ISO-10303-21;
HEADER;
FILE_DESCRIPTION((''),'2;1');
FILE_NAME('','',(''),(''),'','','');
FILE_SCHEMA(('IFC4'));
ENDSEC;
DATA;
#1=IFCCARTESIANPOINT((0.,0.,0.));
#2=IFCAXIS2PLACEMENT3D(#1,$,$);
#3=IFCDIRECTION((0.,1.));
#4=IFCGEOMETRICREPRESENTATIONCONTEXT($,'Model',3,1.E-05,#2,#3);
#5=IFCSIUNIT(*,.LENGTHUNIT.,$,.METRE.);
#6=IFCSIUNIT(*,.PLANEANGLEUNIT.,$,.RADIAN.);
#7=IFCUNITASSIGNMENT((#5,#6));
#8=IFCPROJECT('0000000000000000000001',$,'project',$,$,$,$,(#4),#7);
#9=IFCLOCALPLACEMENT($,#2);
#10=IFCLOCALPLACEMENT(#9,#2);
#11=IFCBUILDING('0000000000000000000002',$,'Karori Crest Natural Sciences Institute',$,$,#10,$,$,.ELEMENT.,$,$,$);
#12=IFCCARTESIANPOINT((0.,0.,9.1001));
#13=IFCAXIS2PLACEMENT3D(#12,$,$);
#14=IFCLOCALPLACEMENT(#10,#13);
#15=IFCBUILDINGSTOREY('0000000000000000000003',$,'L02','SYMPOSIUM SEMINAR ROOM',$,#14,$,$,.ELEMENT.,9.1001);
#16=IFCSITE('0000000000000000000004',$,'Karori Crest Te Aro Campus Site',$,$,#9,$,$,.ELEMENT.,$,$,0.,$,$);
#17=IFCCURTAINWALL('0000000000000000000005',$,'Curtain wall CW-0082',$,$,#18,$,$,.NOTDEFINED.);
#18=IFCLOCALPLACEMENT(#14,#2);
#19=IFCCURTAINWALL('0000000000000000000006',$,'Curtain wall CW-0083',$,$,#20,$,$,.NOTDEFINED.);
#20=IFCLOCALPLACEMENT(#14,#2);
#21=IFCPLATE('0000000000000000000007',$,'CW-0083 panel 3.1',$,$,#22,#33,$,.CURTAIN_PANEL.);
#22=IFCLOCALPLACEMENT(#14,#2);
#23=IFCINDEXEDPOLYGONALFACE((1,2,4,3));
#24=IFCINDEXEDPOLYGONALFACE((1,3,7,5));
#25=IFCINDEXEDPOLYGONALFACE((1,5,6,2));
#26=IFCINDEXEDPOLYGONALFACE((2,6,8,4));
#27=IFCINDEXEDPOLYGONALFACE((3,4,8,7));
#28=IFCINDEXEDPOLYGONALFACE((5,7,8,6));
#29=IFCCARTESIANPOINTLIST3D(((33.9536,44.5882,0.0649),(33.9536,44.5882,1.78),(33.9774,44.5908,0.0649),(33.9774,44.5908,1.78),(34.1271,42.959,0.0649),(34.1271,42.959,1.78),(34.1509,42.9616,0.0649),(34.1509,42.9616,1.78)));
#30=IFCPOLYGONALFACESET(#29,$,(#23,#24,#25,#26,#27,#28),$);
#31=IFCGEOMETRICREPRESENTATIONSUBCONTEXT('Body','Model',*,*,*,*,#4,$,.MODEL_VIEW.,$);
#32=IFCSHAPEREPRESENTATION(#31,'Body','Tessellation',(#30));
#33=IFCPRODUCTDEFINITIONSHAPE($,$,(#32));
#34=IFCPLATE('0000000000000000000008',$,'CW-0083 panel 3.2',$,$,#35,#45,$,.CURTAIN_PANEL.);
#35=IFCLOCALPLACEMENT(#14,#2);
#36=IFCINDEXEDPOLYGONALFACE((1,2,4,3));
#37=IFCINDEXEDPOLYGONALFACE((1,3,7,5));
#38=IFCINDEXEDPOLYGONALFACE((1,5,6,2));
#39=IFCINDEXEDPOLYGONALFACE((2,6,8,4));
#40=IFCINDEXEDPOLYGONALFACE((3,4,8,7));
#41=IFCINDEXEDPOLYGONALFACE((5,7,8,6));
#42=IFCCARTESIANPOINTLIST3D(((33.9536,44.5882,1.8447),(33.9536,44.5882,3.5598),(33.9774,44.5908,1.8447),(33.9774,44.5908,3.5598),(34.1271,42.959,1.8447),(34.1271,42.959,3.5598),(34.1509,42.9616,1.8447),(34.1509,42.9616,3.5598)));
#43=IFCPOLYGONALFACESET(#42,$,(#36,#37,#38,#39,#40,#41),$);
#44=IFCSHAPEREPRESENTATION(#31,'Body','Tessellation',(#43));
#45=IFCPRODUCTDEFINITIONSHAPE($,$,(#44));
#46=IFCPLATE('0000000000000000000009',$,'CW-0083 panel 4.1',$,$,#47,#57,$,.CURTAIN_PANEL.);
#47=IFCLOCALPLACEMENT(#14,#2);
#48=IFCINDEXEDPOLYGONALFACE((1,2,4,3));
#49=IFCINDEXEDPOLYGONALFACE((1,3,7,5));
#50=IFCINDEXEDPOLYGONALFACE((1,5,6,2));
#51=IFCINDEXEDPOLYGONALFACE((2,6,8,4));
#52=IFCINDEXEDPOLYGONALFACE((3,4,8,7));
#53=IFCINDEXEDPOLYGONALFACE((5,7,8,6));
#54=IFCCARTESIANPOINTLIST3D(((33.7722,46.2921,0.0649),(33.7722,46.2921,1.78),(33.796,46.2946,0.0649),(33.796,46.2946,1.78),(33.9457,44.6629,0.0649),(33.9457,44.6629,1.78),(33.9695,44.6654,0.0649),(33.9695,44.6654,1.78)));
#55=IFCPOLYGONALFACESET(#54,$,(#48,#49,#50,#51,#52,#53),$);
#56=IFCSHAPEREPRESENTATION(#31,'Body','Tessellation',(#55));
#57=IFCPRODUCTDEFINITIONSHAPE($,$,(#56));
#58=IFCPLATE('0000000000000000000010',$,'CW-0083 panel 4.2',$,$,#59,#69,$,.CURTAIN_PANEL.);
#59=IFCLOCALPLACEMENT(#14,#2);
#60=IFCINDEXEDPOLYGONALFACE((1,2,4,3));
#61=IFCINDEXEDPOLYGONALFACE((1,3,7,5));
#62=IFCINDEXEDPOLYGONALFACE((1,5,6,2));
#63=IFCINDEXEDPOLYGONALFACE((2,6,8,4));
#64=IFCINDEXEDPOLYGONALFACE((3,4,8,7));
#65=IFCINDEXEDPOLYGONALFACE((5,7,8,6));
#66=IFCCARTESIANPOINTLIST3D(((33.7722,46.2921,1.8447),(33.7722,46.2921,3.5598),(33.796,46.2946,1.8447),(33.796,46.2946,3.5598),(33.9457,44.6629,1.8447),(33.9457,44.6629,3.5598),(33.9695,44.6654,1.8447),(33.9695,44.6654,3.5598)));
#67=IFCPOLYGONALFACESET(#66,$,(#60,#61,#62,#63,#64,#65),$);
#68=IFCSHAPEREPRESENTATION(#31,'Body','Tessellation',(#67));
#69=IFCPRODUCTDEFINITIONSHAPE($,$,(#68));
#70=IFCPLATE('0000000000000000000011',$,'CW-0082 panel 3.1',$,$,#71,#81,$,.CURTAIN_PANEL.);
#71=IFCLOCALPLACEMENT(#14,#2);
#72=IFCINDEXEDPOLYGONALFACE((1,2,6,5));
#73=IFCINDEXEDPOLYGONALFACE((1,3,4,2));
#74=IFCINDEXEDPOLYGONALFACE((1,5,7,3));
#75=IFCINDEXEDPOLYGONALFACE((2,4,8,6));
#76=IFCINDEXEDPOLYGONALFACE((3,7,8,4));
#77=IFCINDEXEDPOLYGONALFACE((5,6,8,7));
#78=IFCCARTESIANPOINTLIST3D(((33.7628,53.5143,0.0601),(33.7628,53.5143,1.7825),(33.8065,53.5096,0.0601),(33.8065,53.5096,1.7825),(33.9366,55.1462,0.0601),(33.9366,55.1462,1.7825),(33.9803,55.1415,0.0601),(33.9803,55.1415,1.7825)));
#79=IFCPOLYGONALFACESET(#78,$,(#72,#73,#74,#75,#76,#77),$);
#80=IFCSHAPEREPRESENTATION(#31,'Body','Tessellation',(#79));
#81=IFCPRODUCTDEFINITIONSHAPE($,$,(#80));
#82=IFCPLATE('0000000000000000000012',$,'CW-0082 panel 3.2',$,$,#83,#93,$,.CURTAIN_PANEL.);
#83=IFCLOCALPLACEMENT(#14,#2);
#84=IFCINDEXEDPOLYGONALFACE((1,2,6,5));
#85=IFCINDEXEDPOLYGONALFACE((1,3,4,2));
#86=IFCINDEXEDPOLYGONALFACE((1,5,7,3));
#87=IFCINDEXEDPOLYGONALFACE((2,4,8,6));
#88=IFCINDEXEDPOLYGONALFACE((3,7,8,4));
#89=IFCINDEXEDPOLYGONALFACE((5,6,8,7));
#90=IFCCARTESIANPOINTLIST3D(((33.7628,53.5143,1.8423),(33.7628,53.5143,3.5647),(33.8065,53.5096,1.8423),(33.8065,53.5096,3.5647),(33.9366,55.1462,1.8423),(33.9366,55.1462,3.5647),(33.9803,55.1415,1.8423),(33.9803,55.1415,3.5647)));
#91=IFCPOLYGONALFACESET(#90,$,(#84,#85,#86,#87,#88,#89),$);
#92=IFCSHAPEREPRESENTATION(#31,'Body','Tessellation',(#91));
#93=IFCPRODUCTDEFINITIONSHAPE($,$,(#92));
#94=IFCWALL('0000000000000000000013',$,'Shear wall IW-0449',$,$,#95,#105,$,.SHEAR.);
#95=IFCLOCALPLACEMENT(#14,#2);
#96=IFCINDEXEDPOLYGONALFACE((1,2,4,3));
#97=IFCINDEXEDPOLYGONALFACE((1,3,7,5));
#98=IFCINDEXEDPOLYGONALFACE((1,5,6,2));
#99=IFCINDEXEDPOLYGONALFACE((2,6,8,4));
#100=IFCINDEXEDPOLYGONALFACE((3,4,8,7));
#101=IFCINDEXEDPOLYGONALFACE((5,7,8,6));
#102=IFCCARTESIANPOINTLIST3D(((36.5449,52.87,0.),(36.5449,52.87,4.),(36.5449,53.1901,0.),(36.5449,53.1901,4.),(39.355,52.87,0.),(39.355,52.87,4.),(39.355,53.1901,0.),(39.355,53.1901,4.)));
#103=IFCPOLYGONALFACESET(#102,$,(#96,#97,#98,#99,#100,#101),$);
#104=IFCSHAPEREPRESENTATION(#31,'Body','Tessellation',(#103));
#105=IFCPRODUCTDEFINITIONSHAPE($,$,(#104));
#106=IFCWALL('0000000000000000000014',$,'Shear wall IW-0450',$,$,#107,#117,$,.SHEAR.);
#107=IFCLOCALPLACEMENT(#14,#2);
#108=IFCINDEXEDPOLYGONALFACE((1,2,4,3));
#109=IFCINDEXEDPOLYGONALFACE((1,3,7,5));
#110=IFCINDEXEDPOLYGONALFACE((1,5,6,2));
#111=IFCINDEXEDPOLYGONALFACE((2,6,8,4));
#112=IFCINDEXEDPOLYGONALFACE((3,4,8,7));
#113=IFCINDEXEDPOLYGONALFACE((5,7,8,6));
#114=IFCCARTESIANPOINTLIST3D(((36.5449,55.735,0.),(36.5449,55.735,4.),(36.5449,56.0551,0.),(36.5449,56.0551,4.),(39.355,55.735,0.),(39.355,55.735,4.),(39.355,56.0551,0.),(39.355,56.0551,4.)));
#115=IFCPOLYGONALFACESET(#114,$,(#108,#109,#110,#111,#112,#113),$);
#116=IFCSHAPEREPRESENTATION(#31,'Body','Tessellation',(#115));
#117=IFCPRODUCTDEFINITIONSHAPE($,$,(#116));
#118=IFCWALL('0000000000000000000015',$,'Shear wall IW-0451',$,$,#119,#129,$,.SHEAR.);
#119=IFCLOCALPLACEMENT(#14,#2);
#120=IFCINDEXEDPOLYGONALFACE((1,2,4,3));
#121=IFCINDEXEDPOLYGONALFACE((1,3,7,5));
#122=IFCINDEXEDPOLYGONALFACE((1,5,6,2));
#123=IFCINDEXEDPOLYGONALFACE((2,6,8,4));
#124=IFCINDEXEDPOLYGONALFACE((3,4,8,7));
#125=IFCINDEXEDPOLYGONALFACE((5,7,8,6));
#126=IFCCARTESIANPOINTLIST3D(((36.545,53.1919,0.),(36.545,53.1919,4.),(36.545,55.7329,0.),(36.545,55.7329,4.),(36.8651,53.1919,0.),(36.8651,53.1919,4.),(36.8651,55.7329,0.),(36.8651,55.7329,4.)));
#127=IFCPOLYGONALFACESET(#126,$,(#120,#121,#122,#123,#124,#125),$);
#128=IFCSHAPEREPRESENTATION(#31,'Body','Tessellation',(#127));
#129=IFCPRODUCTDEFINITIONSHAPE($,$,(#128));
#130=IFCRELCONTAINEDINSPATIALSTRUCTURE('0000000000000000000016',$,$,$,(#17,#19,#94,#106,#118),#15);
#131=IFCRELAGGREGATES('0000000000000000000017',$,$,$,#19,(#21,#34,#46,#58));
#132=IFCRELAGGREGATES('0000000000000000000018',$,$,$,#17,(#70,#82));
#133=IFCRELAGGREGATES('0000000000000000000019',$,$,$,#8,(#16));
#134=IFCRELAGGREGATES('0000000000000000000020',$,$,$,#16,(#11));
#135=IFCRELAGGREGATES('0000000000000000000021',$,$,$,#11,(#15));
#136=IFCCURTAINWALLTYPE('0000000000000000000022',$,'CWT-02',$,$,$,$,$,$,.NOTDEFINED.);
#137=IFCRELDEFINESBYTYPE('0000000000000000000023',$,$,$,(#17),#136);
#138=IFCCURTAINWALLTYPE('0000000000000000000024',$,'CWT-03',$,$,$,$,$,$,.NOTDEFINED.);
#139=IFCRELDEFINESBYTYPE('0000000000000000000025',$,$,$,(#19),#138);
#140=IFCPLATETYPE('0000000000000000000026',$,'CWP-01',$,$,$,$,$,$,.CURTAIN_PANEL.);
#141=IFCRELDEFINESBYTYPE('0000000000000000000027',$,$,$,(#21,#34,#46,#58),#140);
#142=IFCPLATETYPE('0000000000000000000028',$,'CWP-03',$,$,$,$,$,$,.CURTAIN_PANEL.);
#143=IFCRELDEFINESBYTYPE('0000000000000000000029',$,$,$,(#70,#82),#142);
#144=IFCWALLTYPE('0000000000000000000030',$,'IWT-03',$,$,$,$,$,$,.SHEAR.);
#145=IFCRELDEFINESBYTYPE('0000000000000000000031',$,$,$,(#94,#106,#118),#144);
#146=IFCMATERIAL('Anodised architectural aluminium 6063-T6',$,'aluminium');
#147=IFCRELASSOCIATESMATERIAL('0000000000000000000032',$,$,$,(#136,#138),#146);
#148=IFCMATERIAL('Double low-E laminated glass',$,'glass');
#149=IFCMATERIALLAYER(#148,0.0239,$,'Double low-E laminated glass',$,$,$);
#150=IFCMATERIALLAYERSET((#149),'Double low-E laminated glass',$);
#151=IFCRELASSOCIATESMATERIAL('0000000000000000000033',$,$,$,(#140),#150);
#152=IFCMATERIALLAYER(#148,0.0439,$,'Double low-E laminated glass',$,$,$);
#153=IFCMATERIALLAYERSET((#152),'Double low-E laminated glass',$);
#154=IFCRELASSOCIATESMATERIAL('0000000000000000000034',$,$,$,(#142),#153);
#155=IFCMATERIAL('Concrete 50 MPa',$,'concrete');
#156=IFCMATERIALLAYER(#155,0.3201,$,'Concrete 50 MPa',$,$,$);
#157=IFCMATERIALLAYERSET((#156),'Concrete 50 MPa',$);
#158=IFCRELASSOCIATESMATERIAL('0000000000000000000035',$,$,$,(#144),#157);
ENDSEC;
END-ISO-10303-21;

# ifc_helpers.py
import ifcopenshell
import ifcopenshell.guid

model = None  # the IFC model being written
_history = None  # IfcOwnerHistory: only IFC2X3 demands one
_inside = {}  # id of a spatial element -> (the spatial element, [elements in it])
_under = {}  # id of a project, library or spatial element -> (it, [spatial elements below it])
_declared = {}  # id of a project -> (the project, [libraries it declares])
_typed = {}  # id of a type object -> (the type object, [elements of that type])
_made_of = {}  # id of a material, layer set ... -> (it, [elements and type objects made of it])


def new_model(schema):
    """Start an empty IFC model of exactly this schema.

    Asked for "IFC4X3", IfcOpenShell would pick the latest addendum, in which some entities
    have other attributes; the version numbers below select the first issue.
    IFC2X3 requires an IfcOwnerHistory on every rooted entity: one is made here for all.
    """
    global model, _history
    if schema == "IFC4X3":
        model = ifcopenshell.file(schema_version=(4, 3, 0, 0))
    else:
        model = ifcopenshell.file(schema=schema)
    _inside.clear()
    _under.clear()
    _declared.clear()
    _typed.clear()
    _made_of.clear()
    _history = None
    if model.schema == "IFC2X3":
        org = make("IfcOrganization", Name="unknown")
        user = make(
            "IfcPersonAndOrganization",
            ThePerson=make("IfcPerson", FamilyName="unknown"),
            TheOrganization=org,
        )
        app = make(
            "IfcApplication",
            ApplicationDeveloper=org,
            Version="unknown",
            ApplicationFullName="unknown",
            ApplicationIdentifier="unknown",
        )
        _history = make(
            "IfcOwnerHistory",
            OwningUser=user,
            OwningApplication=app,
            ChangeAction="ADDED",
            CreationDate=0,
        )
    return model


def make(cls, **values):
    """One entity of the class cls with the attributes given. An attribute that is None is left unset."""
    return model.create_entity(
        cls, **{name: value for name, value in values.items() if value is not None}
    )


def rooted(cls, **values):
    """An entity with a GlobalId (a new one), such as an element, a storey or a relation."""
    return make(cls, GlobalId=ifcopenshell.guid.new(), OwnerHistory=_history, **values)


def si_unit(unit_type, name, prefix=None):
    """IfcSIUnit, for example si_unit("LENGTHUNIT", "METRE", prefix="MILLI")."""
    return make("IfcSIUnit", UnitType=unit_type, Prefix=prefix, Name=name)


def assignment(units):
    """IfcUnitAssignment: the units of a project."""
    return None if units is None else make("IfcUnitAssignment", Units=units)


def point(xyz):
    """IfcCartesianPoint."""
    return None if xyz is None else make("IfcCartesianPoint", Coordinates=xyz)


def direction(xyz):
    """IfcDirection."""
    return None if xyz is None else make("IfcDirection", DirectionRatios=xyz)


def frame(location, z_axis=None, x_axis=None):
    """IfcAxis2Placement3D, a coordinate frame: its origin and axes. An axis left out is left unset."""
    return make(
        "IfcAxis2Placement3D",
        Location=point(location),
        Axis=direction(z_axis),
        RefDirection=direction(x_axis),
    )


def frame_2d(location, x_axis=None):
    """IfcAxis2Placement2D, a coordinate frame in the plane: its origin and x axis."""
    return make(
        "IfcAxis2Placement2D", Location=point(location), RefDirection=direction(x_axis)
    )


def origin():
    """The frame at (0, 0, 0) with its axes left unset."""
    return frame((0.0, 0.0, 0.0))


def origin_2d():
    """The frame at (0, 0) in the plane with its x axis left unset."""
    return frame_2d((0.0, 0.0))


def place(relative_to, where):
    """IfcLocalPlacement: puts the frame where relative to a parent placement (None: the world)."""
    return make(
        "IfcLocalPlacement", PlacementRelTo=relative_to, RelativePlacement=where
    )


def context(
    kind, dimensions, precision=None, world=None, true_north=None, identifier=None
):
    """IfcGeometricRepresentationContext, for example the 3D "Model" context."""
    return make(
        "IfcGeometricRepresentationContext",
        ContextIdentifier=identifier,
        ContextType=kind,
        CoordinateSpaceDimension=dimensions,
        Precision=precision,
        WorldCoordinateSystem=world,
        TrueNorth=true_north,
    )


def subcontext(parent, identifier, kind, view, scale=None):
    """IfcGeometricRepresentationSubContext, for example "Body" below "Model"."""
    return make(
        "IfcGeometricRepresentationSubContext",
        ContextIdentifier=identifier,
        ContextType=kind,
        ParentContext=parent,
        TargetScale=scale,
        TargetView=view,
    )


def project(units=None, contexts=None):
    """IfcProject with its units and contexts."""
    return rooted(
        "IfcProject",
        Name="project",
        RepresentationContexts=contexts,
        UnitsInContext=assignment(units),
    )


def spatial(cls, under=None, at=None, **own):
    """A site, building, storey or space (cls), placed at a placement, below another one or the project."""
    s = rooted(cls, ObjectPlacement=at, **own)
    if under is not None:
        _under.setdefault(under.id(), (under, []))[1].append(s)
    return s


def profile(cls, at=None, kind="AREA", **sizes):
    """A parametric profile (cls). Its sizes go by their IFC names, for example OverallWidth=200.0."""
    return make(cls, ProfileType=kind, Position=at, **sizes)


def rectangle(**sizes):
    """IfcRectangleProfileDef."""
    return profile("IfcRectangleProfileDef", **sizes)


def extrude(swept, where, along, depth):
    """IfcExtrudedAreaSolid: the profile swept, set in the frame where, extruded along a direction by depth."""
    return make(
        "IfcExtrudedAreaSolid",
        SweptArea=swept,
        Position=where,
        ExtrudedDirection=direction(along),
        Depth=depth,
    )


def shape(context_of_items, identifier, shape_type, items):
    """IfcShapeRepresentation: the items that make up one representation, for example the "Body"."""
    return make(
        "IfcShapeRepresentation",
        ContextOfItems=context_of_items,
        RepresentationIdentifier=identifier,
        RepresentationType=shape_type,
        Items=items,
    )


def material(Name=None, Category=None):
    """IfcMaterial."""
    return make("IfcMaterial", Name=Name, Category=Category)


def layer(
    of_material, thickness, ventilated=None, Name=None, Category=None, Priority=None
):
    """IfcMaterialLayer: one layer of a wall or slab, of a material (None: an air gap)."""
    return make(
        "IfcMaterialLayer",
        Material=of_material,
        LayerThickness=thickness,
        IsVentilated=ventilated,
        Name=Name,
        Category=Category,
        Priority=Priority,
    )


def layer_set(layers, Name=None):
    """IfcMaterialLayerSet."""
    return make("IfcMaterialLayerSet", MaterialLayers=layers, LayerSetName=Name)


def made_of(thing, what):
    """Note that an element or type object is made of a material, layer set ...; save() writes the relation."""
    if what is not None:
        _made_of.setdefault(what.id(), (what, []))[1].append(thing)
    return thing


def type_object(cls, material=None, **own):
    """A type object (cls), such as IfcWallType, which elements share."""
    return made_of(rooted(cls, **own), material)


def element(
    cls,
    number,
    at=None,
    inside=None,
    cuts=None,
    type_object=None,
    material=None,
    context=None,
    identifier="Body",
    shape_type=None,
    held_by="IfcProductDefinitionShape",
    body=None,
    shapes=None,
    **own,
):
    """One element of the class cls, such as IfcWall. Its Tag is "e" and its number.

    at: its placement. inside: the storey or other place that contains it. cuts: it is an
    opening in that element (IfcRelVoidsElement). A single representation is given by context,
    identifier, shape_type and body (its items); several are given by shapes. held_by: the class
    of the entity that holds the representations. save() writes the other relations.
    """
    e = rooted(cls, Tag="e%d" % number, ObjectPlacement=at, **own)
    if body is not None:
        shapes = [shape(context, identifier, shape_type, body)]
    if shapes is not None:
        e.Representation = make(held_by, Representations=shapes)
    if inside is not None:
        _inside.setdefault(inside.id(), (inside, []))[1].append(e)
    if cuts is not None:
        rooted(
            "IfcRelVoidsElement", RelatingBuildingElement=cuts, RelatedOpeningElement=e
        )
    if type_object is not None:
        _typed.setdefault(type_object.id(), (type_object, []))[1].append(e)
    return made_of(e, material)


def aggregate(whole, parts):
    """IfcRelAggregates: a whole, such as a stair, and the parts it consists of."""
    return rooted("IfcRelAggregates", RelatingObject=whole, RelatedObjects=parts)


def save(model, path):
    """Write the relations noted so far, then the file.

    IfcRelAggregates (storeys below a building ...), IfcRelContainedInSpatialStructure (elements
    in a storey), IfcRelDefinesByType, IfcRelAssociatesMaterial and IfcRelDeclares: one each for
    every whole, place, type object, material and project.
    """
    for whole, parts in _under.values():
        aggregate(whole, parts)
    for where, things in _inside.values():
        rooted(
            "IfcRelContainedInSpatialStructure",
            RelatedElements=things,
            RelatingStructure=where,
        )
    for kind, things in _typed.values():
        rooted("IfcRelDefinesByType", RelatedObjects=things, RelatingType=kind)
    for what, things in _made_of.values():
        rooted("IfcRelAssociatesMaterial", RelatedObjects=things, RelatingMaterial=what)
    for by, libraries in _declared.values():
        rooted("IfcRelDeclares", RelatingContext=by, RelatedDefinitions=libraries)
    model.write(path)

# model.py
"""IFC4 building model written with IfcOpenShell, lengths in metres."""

from ifc_helpers import new_model, si_unit, direction, frame, frame_2d, origin, origin_2d, place, context, subcontext, project, spatial, rectangle, extrude, material, layer, layer_set, type_object, element, aggregate, save


model = new_model("IFC4")

# Units and contexts
model_context = context("Model", 3, precision=1e-05, world=origin(), true_north=direction((0.0, 1.0)))
body_context = subcontext(model_context, "Body", "Model", "MODEL_VIEW")
ifc_project = project(units=[si_unit("LENGTHUNIT", "METRE"), si_unit("PLANEANGLEUNIT", "RADIAN")], contexts=[model_context])

# Site, building, storey
site_placement = place(None, origin())
site = spatial("IfcSite", under=ifc_project, at=site_placement, Name="Karori Crest Te Aro Campus Site", CompositionType="ELEMENT", RefElevation=0.0)
building_placement = place(site_placement, origin())
building = spatial("IfcBuilding", under=site, at=building_placement, Name="Karori Crest Natural Sciences Institute", CompositionType="ELEMENT")
storey_placement = place(building_placement, frame((0.0, 0.0, 9.1001)))
storey = spatial("IfcBuildingStorey", under=building, at=storey_placement, Name="L02", Description="SYMPOSIUM SEMINAR ROOM", CompositionType="ELEMENT", Elevation=9.1001)

# Curtain walls
ifc_material_1 = material(Name="Anodised architectural aluminium 6063-T6", Category="aluminium")
curtain_wall_type_1 = type_object("IfcCurtainWallType", Name="CWT-02", PredefinedType="NOTDEFINED", material=ifc_material_1)
curtain_wall_1_placement = place(storey_placement, origin())
curtain_wall_1 = element("IfcCurtainWall", 1, at=curtain_wall_1_placement, inside=storey, type_object=curtain_wall_type_1, Name="Curtain wall CW-0082", PredefinedType="NOTDEFINED")
curtain_wall_type_2 = type_object("IfcCurtainWallType", Name="CWT-03", PredefinedType="NOTDEFINED", material=ifc_material_1)
curtain_wall_2_placement = place(storey_placement, origin())
curtain_wall_2 = element("IfcCurtainWall", 2, at=curtain_wall_2_placement, inside=storey, type_object=curtain_wall_type_2, Name="Curtain wall CW-0083", PredefinedType="NOTDEFINED")

# Plates
ifc_material_2 = material(Name="Double low-E laminated glass", Category="glass")
ifc_layer_1 = layer(ifc_material_2, 0.0239, Name="Double low-E laminated glass")
ifc_layer_set_1 = layer_set([ifc_layer_1], Name="Double low-E laminated glass")
plate_type_1 = type_object("IfcPlateType", Name="CWP-01", PredefinedType="CURTAIN_PANEL", material=ifc_layer_set_1)
plate_1_placement = place(storey_placement, frame((34.0522, 43.7749, 0.0649), z_axis=(0.0, 0.0, 1.0), x_axis=(-0.105882, 0.994379, 0.0)))
plate_1 = element("IfcPlate", 3, at=plate_1_placement, type_object=plate_type_1, Name="CW-0083 panel 3.1", PredefinedType="CURTAIN_PANEL", context=body_context, shape_type="SweptSolid", body=[
    extrude(rectangle(XDim=1.6384, YDim=0.0239, at=origin_2d()), origin(), (0.0, 0.0, 1.0), 1.7151),
])
plate_2_placement = place(storey_placement, frame((34.0522, 43.7749, 1.8447), z_axis=(0.0, 0.0, 1.0), x_axis=(-0.105882, 0.994379, 0.0)))
plate_2 = element("IfcPlate", 4, at=plate_2_placement, type_object=plate_type_1, Name="CW-0083 panel 3.2", PredefinedType="CURTAIN_PANEL", context=body_context, shape_type="SweptSolid", body=[
    extrude(rectangle(XDim=1.6384, YDim=0.0239, at=origin_2d()), origin(), (0.0, 0.0, 1.0), 1.7151),
])
plate_3_placement = place(storey_placement, frame((33.8708, 45.4788, 0.0649), z_axis=(0.0, 0.0, 1.0), x_axis=(-0.105882, 0.994379, 0.0)))
plate_3 = element("IfcPlate", 5, at=plate_3_placement, type_object=plate_type_1, Name="CW-0083 panel 4.1", PredefinedType="CURTAIN_PANEL", context=body_context, shape_type="SweptSolid", body=[
    extrude(rectangle(XDim=1.6384, YDim=0.0239, at=origin_2d()), origin(), (0.0, 0.0, 1.0), 1.7151),
])
plate_4_placement = place(storey_placement, frame((33.8708, 45.4788, 1.8447), z_axis=(0.0, 0.0, 1.0), x_axis=(-0.105882, 0.994379, 0.0)))
plate_4 = element("IfcPlate", 6, at=plate_4_placement, type_object=plate_type_1, Name="CW-0083 panel 4.2", PredefinedType="CURTAIN_PANEL", context=body_context, shape_type="SweptSolid", body=[
    extrude(rectangle(XDim=1.6384, YDim=0.0239, at=origin_2d()), origin(), (0.0, 0.0, 1.0), 1.7151),
])
aggregate(curtain_wall_2, [plate_1, plate_2, plate_3, plate_4])
ifc_layer_2 = layer(ifc_material_2, 0.0439, Name="Double low-E laminated glass")
ifc_layer_set_2 = layer_set([ifc_layer_2], Name="Double low-E laminated glass")
plate_type_2 = type_object("IfcPlateType", Name="CWP-03", PredefinedType="CURTAIN_PANEL", material=ifc_layer_set_2)
plate_5_placement = place(storey_placement, frame((33.8716, 54.3279, 0.0601), z_axis=(0.0, 0.0, 1.0), x_axis=(0.105884, 0.994378, 0.0)))
plate_5 = element("IfcPlate", 7, at=plate_5_placement, type_object=plate_type_2, Name="CW-0082 panel 3.1", PredefinedType="CURTAIN_PANEL", context=body_context, shape_type="SweptSolid", body=[
    extrude(rectangle(XDim=1.6411, YDim=0.0439, at=origin_2d()), origin(), (0.0, 0.0, 1.0), 1.7224),
])
plate_6_placement = place(storey_placement, frame((33.8716, 54.3279, 1.8423), z_axis=(0.0, 0.0, 1.0), x_axis=(0.105884, 0.994378, 0.0)))
plate_6 = element("IfcPlate", 8, at=plate_6_placement, type_object=plate_type_2, Name="CW-0082 panel 3.2", PredefinedType="CURTAIN_PANEL", context=body_context, shape_type="SweptSolid", body=[
    extrude(rectangle(XDim=1.6411, YDim=0.0439, at=origin_2d()), origin(), (0.0, 0.0, 1.0), 1.7224),
])
aggregate(curtain_wall_1, [plate_5, plate_6])

# Walls
ifc_material_3 = material(Name="Concrete 50 MPa", Category="concrete")
ifc_layer_3 = layer(ifc_material_3, 0.3201, Name="Concrete 50 MPa")
ifc_layer_set_3 = layer_set([ifc_layer_3], Name="Concrete 50 MPa")
wall_type = type_object("IfcWallType", Name="IWT-03", PredefinedType="SHEAR", material=ifc_layer_set_3)
for number, where, z_axis, x_axis, name in (
    (9, (36.5449, 53.03, 0.0), (0.0, 0.0, 1.0), (1.0, 0.0, 0.0), "Shear wall IW-0449"),
    (10, (36.5449, 55.895, 0.0), (0.0, 0.0, 1.0), (1.0, 0.0, 0.0), "Shear wall IW-0450"),
):
    element("IfcWall", number, at=place(storey_placement, frame(where, z_axis=z_axis, x_axis=x_axis)), inside=storey, type_object=wall_type, Name=name, PredefinedType="SHEAR", context=body_context, shape_type="SweptSolid", body=[
        extrude(rectangle(XDim=2.8101, YDim=0.3201, at=frame_2d((1.405, 0.0))), origin(), (0.0, 0.0, 1.0), 4.0),
    ])
wall_placement = place(storey_placement, frame((36.7051, 53.1919, 0.0), z_axis=(0.0, 0.0, 1.0), x_axis=(0.0, 1.0, 0.0)))
element("IfcWall", 11, at=wall_placement, inside=storey, type_object=wall_type, Name="Shear wall IW-0451", PredefinedType="SHEAR", context=body_context, shape_type="SweptSolid", body=[
    extrude(rectangle(XDim=2.541, YDim=0.3201, at=frame_2d((1.2705, 0.0))), origin(), (0.0, 0.0, 1.0), 4.0),
])

save(model, "model.ifc")
